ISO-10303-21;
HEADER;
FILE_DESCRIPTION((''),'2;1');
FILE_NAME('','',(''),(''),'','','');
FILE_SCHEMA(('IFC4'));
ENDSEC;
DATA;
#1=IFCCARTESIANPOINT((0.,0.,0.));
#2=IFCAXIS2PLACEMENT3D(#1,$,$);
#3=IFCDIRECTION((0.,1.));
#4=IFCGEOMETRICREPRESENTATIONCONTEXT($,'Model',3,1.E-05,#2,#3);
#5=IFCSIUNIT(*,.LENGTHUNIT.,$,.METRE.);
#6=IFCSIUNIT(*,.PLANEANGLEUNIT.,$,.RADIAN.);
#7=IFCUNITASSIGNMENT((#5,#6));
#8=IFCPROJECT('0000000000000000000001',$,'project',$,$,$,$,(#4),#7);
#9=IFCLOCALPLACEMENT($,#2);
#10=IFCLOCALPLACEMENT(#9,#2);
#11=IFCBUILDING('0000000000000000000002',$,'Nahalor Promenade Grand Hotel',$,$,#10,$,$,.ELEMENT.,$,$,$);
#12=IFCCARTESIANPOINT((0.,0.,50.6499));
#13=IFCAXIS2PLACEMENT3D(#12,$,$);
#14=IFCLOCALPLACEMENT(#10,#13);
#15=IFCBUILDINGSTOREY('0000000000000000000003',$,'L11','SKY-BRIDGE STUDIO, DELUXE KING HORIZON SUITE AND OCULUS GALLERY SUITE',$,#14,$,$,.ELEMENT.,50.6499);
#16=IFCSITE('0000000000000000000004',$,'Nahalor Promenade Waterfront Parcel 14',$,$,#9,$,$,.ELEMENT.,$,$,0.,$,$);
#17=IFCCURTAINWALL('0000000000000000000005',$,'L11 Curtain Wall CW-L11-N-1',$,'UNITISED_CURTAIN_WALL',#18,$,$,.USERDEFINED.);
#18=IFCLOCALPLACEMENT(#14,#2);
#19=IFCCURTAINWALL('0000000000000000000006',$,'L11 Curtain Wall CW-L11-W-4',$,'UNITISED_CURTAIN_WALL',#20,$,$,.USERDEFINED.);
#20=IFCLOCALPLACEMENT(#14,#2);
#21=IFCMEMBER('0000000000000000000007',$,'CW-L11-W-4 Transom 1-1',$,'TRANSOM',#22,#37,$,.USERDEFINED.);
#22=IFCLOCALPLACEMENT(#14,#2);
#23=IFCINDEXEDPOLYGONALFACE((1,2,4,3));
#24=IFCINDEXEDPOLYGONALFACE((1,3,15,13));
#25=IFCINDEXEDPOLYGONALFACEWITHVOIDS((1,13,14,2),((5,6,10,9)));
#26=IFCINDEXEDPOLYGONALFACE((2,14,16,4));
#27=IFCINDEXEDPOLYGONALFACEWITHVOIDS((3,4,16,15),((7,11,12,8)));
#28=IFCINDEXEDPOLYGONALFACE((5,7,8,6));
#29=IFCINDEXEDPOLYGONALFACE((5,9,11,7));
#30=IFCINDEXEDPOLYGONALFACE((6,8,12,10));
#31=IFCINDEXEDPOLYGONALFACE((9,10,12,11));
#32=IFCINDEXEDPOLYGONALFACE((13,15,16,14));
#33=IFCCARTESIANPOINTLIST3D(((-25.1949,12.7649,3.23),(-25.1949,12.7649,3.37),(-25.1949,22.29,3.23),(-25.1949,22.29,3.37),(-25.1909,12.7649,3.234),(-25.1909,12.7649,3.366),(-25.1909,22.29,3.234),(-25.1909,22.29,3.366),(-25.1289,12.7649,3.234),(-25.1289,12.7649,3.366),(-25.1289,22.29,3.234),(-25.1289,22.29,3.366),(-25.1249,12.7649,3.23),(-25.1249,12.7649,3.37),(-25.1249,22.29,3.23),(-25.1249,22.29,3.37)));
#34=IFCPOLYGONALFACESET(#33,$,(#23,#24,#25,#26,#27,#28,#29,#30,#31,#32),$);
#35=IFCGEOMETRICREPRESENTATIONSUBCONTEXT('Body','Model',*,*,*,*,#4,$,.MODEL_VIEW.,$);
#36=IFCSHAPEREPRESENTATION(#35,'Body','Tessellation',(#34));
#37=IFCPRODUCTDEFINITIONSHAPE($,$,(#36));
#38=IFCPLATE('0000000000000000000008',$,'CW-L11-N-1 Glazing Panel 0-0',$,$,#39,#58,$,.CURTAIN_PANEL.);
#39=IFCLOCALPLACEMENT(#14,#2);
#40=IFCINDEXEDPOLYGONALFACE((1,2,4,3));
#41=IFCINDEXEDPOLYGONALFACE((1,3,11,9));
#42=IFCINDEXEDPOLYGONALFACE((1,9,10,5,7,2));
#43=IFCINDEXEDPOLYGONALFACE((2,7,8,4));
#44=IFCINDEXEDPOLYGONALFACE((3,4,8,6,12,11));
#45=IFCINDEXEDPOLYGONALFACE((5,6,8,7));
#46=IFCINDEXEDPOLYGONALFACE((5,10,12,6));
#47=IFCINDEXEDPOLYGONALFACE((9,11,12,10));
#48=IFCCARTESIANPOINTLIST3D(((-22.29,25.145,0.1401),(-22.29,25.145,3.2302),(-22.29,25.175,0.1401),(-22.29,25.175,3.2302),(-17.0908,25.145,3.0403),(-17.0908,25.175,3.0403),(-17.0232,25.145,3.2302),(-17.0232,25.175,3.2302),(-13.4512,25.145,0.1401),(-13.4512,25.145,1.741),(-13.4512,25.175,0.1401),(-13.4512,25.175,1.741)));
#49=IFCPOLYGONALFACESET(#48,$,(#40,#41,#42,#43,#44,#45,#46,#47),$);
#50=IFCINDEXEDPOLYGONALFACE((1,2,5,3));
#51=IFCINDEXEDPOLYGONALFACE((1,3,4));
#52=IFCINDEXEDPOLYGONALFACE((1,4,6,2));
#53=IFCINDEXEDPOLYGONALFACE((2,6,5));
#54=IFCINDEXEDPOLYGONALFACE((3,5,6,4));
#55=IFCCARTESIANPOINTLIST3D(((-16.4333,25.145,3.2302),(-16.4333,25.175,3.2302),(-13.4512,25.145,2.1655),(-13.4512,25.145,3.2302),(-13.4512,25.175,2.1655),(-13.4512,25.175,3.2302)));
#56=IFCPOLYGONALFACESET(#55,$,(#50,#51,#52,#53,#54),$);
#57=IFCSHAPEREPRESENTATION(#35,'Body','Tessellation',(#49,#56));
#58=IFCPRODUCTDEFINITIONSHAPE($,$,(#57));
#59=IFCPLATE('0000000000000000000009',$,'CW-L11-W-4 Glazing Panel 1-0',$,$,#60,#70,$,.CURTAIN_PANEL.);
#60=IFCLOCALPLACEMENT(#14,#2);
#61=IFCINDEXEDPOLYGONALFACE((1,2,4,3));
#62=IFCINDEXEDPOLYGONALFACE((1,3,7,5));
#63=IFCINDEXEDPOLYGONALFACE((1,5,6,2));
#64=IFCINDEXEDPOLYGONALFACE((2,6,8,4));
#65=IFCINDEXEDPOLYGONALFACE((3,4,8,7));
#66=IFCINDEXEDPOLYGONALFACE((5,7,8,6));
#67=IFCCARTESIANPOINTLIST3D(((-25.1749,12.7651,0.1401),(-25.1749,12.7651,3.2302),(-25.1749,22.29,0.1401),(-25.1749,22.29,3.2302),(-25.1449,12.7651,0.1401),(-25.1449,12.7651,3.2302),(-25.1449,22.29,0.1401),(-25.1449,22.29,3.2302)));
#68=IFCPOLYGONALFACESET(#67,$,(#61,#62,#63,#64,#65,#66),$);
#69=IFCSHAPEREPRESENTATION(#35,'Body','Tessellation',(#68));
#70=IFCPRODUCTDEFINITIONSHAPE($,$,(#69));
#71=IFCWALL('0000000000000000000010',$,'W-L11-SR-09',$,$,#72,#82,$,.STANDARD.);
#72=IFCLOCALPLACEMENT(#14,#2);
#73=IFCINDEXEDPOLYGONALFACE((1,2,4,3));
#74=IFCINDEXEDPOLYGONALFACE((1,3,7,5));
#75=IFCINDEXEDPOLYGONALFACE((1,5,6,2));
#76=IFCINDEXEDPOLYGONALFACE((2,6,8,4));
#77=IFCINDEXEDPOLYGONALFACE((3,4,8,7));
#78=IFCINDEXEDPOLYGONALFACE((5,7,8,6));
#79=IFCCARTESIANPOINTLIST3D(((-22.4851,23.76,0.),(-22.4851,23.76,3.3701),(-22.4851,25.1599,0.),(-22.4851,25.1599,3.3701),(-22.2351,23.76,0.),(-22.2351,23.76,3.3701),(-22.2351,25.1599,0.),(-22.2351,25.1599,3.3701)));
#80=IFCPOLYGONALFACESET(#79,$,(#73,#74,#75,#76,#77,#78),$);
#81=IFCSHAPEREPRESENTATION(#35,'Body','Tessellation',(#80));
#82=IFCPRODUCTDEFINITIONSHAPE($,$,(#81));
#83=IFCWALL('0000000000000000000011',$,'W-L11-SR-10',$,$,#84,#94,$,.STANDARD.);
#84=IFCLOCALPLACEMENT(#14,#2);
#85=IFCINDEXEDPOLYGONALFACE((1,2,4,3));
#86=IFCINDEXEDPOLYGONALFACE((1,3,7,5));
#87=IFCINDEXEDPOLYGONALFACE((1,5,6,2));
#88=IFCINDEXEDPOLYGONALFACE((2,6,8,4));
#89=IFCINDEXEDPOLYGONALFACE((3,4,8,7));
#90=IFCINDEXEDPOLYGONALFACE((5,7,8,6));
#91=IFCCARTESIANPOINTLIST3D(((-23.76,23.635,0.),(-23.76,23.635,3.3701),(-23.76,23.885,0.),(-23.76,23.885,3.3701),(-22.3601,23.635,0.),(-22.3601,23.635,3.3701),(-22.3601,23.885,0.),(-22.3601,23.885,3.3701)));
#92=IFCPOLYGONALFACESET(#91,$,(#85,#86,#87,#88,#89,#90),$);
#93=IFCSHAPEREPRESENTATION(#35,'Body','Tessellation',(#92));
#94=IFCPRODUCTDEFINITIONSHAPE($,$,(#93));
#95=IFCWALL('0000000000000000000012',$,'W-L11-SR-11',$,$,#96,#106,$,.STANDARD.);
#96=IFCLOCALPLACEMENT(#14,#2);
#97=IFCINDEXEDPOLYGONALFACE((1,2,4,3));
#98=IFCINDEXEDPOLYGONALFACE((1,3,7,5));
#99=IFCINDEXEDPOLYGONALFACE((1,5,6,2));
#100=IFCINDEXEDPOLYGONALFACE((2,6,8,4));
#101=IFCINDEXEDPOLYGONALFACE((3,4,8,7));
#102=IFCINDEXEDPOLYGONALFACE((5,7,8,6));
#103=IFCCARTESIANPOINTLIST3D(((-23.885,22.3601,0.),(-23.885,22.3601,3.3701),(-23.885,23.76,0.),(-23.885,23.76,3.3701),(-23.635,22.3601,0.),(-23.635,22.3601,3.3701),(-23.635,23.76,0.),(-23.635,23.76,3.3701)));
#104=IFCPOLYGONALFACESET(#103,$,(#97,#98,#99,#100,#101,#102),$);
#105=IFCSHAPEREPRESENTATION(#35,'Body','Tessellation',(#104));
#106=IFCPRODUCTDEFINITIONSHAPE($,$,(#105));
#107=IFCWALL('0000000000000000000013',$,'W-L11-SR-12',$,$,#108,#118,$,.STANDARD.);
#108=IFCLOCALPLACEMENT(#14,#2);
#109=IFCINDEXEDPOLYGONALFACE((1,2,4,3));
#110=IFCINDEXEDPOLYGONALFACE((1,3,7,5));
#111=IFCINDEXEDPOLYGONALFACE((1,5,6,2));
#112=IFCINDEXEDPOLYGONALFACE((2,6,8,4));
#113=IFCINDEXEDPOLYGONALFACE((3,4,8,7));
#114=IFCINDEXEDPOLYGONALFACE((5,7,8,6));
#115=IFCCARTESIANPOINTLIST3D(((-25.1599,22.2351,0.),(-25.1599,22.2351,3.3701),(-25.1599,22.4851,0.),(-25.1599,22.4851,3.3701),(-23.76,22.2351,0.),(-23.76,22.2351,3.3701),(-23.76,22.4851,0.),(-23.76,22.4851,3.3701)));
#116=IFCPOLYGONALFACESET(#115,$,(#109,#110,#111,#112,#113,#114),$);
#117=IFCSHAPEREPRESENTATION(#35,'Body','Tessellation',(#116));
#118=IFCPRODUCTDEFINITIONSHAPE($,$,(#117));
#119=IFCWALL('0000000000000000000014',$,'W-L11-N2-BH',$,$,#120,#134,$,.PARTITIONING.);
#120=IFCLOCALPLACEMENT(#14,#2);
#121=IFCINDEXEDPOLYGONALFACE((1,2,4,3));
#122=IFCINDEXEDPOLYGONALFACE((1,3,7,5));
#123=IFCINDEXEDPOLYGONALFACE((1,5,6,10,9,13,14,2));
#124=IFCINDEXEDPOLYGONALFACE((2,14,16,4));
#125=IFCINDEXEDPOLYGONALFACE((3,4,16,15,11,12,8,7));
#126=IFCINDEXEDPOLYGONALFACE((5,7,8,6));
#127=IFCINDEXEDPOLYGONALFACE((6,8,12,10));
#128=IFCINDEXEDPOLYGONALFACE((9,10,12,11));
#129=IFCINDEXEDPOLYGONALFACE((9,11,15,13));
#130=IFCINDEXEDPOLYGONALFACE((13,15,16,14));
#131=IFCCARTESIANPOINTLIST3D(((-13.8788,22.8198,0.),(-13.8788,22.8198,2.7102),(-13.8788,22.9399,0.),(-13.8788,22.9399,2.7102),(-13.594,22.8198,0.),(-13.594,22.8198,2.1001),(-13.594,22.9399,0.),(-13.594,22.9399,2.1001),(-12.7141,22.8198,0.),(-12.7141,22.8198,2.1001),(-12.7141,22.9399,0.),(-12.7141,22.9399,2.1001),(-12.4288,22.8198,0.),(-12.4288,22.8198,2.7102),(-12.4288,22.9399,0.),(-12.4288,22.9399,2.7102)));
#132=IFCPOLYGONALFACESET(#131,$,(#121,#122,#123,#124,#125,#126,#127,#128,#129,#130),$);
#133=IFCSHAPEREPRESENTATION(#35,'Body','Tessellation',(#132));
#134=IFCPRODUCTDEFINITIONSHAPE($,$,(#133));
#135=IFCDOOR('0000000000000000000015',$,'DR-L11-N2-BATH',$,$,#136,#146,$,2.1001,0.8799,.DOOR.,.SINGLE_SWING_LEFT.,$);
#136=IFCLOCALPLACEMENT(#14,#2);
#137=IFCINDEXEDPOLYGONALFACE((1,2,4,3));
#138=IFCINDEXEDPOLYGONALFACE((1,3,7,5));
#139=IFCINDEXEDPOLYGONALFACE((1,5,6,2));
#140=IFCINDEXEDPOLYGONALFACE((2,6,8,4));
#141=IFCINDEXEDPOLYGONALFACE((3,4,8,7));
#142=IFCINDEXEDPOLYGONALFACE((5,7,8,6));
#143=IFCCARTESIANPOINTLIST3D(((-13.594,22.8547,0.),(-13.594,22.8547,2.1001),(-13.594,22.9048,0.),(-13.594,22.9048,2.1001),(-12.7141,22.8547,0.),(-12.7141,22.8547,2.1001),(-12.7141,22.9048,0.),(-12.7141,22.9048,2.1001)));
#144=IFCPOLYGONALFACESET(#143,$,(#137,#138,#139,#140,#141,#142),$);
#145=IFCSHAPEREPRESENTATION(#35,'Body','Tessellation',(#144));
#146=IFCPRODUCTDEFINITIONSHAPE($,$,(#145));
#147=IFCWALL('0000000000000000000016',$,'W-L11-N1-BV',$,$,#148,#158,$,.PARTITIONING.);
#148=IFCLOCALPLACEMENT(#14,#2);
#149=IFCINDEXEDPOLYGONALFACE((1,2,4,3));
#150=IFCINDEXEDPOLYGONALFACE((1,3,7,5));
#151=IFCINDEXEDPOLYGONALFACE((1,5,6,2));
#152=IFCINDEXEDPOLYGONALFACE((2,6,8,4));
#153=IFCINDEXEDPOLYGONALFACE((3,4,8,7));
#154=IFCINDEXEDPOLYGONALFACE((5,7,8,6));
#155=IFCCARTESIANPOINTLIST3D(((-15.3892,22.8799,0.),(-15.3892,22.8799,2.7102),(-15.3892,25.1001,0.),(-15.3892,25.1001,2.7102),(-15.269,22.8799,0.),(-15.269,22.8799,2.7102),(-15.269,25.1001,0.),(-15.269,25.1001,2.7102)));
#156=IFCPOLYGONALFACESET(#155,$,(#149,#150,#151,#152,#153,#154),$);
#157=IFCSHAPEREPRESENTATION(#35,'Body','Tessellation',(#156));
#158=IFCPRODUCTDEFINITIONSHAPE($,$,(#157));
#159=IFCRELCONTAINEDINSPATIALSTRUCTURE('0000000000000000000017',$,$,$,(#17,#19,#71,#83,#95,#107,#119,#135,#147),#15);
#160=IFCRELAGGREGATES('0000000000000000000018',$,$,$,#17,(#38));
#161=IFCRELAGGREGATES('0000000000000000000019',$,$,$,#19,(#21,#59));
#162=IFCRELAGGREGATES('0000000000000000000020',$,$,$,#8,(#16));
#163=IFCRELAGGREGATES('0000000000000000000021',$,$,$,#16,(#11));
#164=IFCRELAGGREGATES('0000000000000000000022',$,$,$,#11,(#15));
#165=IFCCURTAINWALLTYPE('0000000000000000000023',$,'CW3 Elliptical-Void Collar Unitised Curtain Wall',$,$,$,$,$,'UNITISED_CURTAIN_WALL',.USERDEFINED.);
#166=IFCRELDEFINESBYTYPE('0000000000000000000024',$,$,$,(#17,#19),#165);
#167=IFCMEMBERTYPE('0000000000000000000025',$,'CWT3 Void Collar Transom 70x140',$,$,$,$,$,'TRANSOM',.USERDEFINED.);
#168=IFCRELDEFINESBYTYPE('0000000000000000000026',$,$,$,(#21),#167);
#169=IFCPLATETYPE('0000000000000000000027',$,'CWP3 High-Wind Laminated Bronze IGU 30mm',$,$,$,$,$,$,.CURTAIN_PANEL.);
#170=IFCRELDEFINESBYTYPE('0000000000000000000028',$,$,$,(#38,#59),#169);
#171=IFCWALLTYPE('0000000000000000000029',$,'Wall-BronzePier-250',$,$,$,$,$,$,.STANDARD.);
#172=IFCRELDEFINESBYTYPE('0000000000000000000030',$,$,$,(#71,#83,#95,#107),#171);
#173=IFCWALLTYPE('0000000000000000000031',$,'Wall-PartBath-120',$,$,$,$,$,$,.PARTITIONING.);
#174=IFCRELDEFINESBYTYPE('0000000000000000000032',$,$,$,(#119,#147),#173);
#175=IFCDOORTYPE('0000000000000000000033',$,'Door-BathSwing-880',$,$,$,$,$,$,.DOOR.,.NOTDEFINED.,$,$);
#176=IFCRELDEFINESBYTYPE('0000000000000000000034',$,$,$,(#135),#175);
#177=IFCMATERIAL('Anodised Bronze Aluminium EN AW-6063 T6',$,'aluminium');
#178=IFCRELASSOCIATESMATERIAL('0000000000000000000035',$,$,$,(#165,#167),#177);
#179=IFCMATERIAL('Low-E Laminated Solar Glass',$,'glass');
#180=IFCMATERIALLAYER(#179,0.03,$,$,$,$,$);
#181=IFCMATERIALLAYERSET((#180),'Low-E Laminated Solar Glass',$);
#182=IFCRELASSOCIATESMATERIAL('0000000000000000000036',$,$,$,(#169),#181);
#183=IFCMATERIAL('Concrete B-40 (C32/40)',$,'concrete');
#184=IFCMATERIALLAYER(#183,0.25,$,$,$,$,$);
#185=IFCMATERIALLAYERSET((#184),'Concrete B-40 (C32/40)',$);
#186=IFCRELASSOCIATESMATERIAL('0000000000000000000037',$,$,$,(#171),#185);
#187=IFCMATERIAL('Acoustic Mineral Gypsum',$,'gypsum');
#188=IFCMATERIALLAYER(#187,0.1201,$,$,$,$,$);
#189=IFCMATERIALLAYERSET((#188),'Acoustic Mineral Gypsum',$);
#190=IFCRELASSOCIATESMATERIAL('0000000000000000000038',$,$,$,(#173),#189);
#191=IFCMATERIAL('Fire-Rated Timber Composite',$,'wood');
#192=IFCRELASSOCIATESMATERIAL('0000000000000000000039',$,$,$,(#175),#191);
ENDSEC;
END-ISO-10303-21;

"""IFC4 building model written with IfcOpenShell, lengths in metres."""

from ifc_helpers import new_model, si_unit, direction, frame, frame_2d, origin, origin_2d, place, context, subcontext, project, spatial, polyline, rectangle, hollow_rectangle, outline, extrude, source, transform, mapped, material, layer, layer_set, material_profile, profile_set, type_object, element, fill, aggregate, save


model = new_model("IFC4")

# Units and contexts
model_context = context("Model", 3, precision=1e-05, world=origin(), true_north=direction((0.0, 1.0)))
body_context = subcontext(model_context, "Body", "Model", "MODEL_VIEW")
ifc_project = project(units=[si_unit("LENGTHUNIT", "METRE"), si_unit("PLANEANGLEUNIT", "RADIAN")], contexts=[model_context])

# Site, building, storey
site_placement = place(None, origin())
site = spatial("IfcSite", under=ifc_project, at=site_placement, Name="Nahalor Promenade Waterfront Parcel 14", CompositionType="ELEMENT", RefElevation=0.0)
building_placement = place(site_placement, origin())
building = spatial("IfcBuilding", under=site, at=building_placement, Name="Nahalor Promenade Grand Hotel", CompositionType="ELEMENT")
storey_placement = place(building_placement, frame((0.0, 0.0, 50.6499)))
storey = spatial("IfcBuildingStorey", under=building, at=storey_placement, Name="L11", Description="SKY-BRIDGE STUDIO, DELUXE KING HORIZON SUITE AND OCULUS GALLERY SUITE", CompositionType="ELEMENT", Elevation=50.6499)

# Curtain walls, member
ifc_material_1 = material(Name="Anodised Bronze Aluminium EN AW-6063 T6", Category="aluminium")
curtain_wall_type = type_object("IfcCurtainWallType", Name="CW3 Elliptical-Void Collar Unitised Curtain Wall", ElementType="UNITISED_CURTAIN_WALL", PredefinedType="USERDEFINED", material=ifc_material_1)
curtain_wall_1_placement = place(storey_placement, origin())
curtain_wall_1 = element("IfcCurtainWall", 1, at=curtain_wall_1_placement, inside=storey, type_object=curtain_wall_type, Name="L11 Curtain Wall CW-L11-N-1", ObjectType="UNITISED_CURTAIN_WALL", PredefinedType="USERDEFINED")
ifc_material_profile_1 = material_profile(ifc_material_1, hollow_rectangle(XDim=0.07, YDim=0.14, WallThickness=0.004, at=origin_2d()), Name="CWT 70x140x4")
ifc_profile_set_1 = profile_set([ifc_material_profile_1], Name="Anodised Bronze Aluminium EN AW-6063 T6")
member_type_1 = type_object("IfcMemberType", Name="CWT3 Void Collar Transom 70x140", ElementType="TRANSOM", PredefinedType="USERDEFINED", material=ifc_profile_set_1)
curtain_wall_2_placement = place(storey_placement, origin())
curtain_wall_2 = element("IfcCurtainWall", 2, at=curtain_wall_2_placement, inside=storey, type_object=curtain_wall_type, Name="L11 Curtain Wall CW-L11-W-4", ObjectType="UNITISED_CURTAIN_WALL", PredefinedType="USERDEFINED")
shared_shape_1 = source(origin(), body_context, "Body", "SweptSolid", [
    extrude(hollow_rectangle(XDim=0.07, YDim=0.14, WallThickness=0.004, at=origin_2d()), origin(), (0.0, 0.0, 1.0), 9.5251),
])
member_1_placement = place(storey_placement, frame((-25.1599, 12.7649, 3.3), z_axis=(0.0, 1.0, 0.0), x_axis=(-1.0, 0.0, 0.0)))
member_1 = element("IfcMember", 3, at=member_1_placement, type_object=member_type_1, Name="CW-L11-W-4 Transom 1-1", ObjectType="TRANSOM", PredefinedType="USERDEFINED", context=body_context, shape_type="MappedRepresentation", body=[
    mapped(shared_shape_1, transform((0.0, 0.0, 0.0), scale=1.0)),
])

# Plates
ifc_material_2 = material(Name="Low-E Laminated Solar Glass", Category="glass")
ifc_layer_1 = layer(ifc_material_2, 0.03)
ifc_layer_set_1 = layer_set([ifc_layer_1], Name="Low-E Laminated Solar Glass")
plate_type = type_object("IfcPlateType", Name="CWP3 High-Wind Laminated Bronze IGU 30mm", PredefinedType="CURTAIN_PANEL", material=ifc_layer_set_1)
plate_1_placement = place(storey_placement, frame((-17.8706, 25.1599, 0.1401), z_axis=(0.0, 0.0, 1.0), x_axis=(1.0, 0.0, 0.0)))
plate_1 = element("IfcPlate", 4, at=plate_1_placement, type_object=plate_type, Name="CW-L11-N-1 Glazing Panel 0-0", PredefinedType="CURTAIN_PANEL", context=body_context, shape_type="SweptSolid", body=[
    extrude(outline(polyline([(-4.4194, 0.0), (4.4194, 0.0), (4.4194, 1.6008), (0.7798, 2.9001), (0.8474, 3.0901), (-4.4194, 3.0901), (-4.4194, 0.0)])), frame((0.0, 0.0151, 0.0), z_axis=(0.0, -1.0, 0.0), x_axis=(1.0, 0.0, 0.0)), (0.0, 0.0, 1.0), 0.03),
    extrude(outline(polyline([(4.4194, 2.0254), (4.4194, 3.0901), (1.4373, 3.0901), (4.4194, 2.0254)])), frame((0.0, 0.0151, 0.0), z_axis=(0.0, -1.0, 0.0), x_axis=(1.0, 0.0, 0.0)), (0.0, 0.0, 1.0), 0.03),
])
aggregate(curtain_wall_1, [plate_1])
shared_shape_2 = source(origin(), body_context, "Body", "SweptSolid", [
    extrude(rectangle(XDim=9.5249, YDim=0.03, at=origin_2d()), origin(), (0.0, 0.0, 1.0), 3.0901),
])
plate_2_placement = place(storey_placement, frame((-25.1599, 17.5276, 0.1401), z_axis=(0.0, 0.0, 1.0), x_axis=(0.0, 1.0, 0.0)))
plate_2 = element("IfcPlate", 5, at=plate_2_placement, type_object=plate_type, Name="CW-L11-W-4 Glazing Panel 1-0", PredefinedType="CURTAIN_PANEL", context=body_context, shape_type="MappedRepresentation", body=[
    mapped(shared_shape_2, transform((0.0, 0.0, 0.0), scale=1.0)),
])
aggregate(curtain_wall_2, [member_1, plate_2])

# Walls
ifc_material_3 = material(Name="Concrete B-40 (C32/40)", Category="concrete")
ifc_layer_2 = layer(ifc_material_3, 0.25)
ifc_layer_set_2 = layer_set([ifc_layer_2], Name="Concrete B-40 (C32/40)")
wall_type_1 = type_object("IfcWallType", Name="Wall-BronzePier-250", PredefinedType="STANDARD", material=ifc_layer_set_2)
shared_shape_3 = source(origin(), body_context, "Body", "SweptSolid", [
    extrude(rectangle(XDim=1.3999, YDim=0.25, at=frame_2d((0.7, 0.0))), origin(), (0.0, 0.0, 1.0), 3.3701),
])
for number, where, z_axis, x_axis, name in (
    (6, (-22.3601, 23.76, 0.0), (0.0, 0.0, 1.0), (0.0, 1.0, 0.0), "W-L11-SR-09"),
    (7, (-23.76, 23.76, 0.0), (0.0, 0.0, 1.0), (1.0, 0.0, 0.0), "W-L11-SR-10"),
    (8, (-23.76, 22.3601, 0.0), (0.0, 0.0, 1.0), (0.0, 1.0, 0.0), "W-L11-SR-11"),
    (9, (-25.1599, 22.3601, 0.0), (0.0, 0.0, 1.0), (1.0, 0.0, 0.0), "W-L11-SR-12"),
):
    element("IfcWall", number, at=place(storey_placement, frame(where, z_axis=z_axis, x_axis=x_axis)), inside=storey, type_object=wall_type_1, Name=name, PredefinedType="STANDARD", context=body_context, shape_type="MappedRepresentation", body=[
        mapped(shared_shape_3, transform((0.0, 0.0, 0.0), scale=1.0)),
    ])

# Wall, opening, door
ifc_material_4 = material(Name="Acoustic Mineral Gypsum", Category="gypsum")
ifc_layer_3 = layer(ifc_material_4, 0.1201)
ifc_layer_set_3 = layer_set([ifc_layer_3], Name="Acoustic Mineral Gypsum")
wall_type_2 = type_object("IfcWallType", Name="Wall-PartBath-120", PredefinedType="PARTITIONING", material=ifc_layer_set_3)
shared_shape_4 = source(origin(), body_context, "Body", "SweptSolid", [
    extrude(rectangle(XDim=1.45, YDim=0.1201, at=frame_2d((0.7251, 0.0))), origin(), (0.0, 0.0, 1.0), 2.7102),
])
wall_1_placement = place(storey_placement, frame((-13.8789, 22.8799, 0.0), z_axis=(0.0, 0.0, 1.0), x_axis=(1.0, 0.0, 0.0)))
wall_1 = element("IfcWall", 10, at=wall_1_placement, inside=storey, type_object=wall_type_2, Name="W-L11-N2-BH", PredefinedType="PARTITIONING", context=body_context, shape_type="MappedRepresentation", body=[
    mapped(shared_shape_4, transform((0.0, 0.0, 0.0), scale=1.0)),
])
opening_1_placement = place(wall_1_placement, frame((0.2849, 0.0, 0.0)))
opening_1 = element("IfcOpeningElement", 11, at=opening_1_placement, cuts=wall_1, PredefinedType="OPENING", context=body_context, shape_type="SweptSolid", body=[
    extrude(rectangle(XDim=0.8799, YDim=2.1001, at=frame_2d((0.4399, 1.05))), frame((0.0, 0.0701, 0.0), z_axis=(0.0, -1.0, 0.0), x_axis=(1.0, 0.0, 0.0)), (0.0, 0.0, 1.0), 0.1401),
])
ifc_material_5 = material(Name="Fire-Rated Timber Composite", Category="wood")
door_type = type_object("IfcDoorType", Name="Door-BathSwing-880", OperationType="NOTDEFINED", PredefinedType="DOOR", material=ifc_material_5)
shared_shape_5 = source(origin(), body_context, "Body", "SweptSolid", [
    extrude(rectangle(XDim=0.8799, YDim=2.1001, at=frame_2d((0.4399, 1.05))), frame((0.0, 0.0249, 0.0), z_axis=(0.0, -1.0, 0.0), x_axis=(1.0, 0.0, 0.0)), (0.0, 0.0, 1.0), 0.05),
])
door_1_placement = place(opening_1_placement, origin())
door_1 = element("IfcDoor", 12, at=door_1_placement, inside=storey, type_object=door_type, Name="DR-L11-N2-BATH", OperationType="SINGLE_SWING_LEFT", OverallHeight=2.1001, OverallWidth=0.8799, PredefinedType="DOOR", context=body_context, shape_type="MappedRepresentation", body=[
    mapped(shared_shape_5, transform((0.0, 0.0, 0.0), scale=1.0)),
])
fill(opening_1, door_1)

# Wall
shared_shape_6 = source(origin(), body_context, "Body", "SweptSolid", [
    extrude(rectangle(XDim=2.2202, YDim=0.1201, at=frame_2d((1.1101, 0.0))), origin(), (0.0, 0.0, 1.0), 2.7102),
])
wall_2_placement = place(storey_placement, frame((-15.3291, 22.8799, 0.0), z_axis=(0.0, 0.0, 1.0), x_axis=(0.0, 1.0, 0.0)))
element("IfcWall", 13, at=wall_2_placement, inside=storey, type_object=wall_type_2, Name="W-L11-N1-BV", PredefinedType="PARTITIONING", context=body_context, shape_type="MappedRepresentation", body=[
    mapped(shared_shape_6, transform((0.0, 0.0, 0.0), scale=1.0)),
])

save(model, "model.ifc")
